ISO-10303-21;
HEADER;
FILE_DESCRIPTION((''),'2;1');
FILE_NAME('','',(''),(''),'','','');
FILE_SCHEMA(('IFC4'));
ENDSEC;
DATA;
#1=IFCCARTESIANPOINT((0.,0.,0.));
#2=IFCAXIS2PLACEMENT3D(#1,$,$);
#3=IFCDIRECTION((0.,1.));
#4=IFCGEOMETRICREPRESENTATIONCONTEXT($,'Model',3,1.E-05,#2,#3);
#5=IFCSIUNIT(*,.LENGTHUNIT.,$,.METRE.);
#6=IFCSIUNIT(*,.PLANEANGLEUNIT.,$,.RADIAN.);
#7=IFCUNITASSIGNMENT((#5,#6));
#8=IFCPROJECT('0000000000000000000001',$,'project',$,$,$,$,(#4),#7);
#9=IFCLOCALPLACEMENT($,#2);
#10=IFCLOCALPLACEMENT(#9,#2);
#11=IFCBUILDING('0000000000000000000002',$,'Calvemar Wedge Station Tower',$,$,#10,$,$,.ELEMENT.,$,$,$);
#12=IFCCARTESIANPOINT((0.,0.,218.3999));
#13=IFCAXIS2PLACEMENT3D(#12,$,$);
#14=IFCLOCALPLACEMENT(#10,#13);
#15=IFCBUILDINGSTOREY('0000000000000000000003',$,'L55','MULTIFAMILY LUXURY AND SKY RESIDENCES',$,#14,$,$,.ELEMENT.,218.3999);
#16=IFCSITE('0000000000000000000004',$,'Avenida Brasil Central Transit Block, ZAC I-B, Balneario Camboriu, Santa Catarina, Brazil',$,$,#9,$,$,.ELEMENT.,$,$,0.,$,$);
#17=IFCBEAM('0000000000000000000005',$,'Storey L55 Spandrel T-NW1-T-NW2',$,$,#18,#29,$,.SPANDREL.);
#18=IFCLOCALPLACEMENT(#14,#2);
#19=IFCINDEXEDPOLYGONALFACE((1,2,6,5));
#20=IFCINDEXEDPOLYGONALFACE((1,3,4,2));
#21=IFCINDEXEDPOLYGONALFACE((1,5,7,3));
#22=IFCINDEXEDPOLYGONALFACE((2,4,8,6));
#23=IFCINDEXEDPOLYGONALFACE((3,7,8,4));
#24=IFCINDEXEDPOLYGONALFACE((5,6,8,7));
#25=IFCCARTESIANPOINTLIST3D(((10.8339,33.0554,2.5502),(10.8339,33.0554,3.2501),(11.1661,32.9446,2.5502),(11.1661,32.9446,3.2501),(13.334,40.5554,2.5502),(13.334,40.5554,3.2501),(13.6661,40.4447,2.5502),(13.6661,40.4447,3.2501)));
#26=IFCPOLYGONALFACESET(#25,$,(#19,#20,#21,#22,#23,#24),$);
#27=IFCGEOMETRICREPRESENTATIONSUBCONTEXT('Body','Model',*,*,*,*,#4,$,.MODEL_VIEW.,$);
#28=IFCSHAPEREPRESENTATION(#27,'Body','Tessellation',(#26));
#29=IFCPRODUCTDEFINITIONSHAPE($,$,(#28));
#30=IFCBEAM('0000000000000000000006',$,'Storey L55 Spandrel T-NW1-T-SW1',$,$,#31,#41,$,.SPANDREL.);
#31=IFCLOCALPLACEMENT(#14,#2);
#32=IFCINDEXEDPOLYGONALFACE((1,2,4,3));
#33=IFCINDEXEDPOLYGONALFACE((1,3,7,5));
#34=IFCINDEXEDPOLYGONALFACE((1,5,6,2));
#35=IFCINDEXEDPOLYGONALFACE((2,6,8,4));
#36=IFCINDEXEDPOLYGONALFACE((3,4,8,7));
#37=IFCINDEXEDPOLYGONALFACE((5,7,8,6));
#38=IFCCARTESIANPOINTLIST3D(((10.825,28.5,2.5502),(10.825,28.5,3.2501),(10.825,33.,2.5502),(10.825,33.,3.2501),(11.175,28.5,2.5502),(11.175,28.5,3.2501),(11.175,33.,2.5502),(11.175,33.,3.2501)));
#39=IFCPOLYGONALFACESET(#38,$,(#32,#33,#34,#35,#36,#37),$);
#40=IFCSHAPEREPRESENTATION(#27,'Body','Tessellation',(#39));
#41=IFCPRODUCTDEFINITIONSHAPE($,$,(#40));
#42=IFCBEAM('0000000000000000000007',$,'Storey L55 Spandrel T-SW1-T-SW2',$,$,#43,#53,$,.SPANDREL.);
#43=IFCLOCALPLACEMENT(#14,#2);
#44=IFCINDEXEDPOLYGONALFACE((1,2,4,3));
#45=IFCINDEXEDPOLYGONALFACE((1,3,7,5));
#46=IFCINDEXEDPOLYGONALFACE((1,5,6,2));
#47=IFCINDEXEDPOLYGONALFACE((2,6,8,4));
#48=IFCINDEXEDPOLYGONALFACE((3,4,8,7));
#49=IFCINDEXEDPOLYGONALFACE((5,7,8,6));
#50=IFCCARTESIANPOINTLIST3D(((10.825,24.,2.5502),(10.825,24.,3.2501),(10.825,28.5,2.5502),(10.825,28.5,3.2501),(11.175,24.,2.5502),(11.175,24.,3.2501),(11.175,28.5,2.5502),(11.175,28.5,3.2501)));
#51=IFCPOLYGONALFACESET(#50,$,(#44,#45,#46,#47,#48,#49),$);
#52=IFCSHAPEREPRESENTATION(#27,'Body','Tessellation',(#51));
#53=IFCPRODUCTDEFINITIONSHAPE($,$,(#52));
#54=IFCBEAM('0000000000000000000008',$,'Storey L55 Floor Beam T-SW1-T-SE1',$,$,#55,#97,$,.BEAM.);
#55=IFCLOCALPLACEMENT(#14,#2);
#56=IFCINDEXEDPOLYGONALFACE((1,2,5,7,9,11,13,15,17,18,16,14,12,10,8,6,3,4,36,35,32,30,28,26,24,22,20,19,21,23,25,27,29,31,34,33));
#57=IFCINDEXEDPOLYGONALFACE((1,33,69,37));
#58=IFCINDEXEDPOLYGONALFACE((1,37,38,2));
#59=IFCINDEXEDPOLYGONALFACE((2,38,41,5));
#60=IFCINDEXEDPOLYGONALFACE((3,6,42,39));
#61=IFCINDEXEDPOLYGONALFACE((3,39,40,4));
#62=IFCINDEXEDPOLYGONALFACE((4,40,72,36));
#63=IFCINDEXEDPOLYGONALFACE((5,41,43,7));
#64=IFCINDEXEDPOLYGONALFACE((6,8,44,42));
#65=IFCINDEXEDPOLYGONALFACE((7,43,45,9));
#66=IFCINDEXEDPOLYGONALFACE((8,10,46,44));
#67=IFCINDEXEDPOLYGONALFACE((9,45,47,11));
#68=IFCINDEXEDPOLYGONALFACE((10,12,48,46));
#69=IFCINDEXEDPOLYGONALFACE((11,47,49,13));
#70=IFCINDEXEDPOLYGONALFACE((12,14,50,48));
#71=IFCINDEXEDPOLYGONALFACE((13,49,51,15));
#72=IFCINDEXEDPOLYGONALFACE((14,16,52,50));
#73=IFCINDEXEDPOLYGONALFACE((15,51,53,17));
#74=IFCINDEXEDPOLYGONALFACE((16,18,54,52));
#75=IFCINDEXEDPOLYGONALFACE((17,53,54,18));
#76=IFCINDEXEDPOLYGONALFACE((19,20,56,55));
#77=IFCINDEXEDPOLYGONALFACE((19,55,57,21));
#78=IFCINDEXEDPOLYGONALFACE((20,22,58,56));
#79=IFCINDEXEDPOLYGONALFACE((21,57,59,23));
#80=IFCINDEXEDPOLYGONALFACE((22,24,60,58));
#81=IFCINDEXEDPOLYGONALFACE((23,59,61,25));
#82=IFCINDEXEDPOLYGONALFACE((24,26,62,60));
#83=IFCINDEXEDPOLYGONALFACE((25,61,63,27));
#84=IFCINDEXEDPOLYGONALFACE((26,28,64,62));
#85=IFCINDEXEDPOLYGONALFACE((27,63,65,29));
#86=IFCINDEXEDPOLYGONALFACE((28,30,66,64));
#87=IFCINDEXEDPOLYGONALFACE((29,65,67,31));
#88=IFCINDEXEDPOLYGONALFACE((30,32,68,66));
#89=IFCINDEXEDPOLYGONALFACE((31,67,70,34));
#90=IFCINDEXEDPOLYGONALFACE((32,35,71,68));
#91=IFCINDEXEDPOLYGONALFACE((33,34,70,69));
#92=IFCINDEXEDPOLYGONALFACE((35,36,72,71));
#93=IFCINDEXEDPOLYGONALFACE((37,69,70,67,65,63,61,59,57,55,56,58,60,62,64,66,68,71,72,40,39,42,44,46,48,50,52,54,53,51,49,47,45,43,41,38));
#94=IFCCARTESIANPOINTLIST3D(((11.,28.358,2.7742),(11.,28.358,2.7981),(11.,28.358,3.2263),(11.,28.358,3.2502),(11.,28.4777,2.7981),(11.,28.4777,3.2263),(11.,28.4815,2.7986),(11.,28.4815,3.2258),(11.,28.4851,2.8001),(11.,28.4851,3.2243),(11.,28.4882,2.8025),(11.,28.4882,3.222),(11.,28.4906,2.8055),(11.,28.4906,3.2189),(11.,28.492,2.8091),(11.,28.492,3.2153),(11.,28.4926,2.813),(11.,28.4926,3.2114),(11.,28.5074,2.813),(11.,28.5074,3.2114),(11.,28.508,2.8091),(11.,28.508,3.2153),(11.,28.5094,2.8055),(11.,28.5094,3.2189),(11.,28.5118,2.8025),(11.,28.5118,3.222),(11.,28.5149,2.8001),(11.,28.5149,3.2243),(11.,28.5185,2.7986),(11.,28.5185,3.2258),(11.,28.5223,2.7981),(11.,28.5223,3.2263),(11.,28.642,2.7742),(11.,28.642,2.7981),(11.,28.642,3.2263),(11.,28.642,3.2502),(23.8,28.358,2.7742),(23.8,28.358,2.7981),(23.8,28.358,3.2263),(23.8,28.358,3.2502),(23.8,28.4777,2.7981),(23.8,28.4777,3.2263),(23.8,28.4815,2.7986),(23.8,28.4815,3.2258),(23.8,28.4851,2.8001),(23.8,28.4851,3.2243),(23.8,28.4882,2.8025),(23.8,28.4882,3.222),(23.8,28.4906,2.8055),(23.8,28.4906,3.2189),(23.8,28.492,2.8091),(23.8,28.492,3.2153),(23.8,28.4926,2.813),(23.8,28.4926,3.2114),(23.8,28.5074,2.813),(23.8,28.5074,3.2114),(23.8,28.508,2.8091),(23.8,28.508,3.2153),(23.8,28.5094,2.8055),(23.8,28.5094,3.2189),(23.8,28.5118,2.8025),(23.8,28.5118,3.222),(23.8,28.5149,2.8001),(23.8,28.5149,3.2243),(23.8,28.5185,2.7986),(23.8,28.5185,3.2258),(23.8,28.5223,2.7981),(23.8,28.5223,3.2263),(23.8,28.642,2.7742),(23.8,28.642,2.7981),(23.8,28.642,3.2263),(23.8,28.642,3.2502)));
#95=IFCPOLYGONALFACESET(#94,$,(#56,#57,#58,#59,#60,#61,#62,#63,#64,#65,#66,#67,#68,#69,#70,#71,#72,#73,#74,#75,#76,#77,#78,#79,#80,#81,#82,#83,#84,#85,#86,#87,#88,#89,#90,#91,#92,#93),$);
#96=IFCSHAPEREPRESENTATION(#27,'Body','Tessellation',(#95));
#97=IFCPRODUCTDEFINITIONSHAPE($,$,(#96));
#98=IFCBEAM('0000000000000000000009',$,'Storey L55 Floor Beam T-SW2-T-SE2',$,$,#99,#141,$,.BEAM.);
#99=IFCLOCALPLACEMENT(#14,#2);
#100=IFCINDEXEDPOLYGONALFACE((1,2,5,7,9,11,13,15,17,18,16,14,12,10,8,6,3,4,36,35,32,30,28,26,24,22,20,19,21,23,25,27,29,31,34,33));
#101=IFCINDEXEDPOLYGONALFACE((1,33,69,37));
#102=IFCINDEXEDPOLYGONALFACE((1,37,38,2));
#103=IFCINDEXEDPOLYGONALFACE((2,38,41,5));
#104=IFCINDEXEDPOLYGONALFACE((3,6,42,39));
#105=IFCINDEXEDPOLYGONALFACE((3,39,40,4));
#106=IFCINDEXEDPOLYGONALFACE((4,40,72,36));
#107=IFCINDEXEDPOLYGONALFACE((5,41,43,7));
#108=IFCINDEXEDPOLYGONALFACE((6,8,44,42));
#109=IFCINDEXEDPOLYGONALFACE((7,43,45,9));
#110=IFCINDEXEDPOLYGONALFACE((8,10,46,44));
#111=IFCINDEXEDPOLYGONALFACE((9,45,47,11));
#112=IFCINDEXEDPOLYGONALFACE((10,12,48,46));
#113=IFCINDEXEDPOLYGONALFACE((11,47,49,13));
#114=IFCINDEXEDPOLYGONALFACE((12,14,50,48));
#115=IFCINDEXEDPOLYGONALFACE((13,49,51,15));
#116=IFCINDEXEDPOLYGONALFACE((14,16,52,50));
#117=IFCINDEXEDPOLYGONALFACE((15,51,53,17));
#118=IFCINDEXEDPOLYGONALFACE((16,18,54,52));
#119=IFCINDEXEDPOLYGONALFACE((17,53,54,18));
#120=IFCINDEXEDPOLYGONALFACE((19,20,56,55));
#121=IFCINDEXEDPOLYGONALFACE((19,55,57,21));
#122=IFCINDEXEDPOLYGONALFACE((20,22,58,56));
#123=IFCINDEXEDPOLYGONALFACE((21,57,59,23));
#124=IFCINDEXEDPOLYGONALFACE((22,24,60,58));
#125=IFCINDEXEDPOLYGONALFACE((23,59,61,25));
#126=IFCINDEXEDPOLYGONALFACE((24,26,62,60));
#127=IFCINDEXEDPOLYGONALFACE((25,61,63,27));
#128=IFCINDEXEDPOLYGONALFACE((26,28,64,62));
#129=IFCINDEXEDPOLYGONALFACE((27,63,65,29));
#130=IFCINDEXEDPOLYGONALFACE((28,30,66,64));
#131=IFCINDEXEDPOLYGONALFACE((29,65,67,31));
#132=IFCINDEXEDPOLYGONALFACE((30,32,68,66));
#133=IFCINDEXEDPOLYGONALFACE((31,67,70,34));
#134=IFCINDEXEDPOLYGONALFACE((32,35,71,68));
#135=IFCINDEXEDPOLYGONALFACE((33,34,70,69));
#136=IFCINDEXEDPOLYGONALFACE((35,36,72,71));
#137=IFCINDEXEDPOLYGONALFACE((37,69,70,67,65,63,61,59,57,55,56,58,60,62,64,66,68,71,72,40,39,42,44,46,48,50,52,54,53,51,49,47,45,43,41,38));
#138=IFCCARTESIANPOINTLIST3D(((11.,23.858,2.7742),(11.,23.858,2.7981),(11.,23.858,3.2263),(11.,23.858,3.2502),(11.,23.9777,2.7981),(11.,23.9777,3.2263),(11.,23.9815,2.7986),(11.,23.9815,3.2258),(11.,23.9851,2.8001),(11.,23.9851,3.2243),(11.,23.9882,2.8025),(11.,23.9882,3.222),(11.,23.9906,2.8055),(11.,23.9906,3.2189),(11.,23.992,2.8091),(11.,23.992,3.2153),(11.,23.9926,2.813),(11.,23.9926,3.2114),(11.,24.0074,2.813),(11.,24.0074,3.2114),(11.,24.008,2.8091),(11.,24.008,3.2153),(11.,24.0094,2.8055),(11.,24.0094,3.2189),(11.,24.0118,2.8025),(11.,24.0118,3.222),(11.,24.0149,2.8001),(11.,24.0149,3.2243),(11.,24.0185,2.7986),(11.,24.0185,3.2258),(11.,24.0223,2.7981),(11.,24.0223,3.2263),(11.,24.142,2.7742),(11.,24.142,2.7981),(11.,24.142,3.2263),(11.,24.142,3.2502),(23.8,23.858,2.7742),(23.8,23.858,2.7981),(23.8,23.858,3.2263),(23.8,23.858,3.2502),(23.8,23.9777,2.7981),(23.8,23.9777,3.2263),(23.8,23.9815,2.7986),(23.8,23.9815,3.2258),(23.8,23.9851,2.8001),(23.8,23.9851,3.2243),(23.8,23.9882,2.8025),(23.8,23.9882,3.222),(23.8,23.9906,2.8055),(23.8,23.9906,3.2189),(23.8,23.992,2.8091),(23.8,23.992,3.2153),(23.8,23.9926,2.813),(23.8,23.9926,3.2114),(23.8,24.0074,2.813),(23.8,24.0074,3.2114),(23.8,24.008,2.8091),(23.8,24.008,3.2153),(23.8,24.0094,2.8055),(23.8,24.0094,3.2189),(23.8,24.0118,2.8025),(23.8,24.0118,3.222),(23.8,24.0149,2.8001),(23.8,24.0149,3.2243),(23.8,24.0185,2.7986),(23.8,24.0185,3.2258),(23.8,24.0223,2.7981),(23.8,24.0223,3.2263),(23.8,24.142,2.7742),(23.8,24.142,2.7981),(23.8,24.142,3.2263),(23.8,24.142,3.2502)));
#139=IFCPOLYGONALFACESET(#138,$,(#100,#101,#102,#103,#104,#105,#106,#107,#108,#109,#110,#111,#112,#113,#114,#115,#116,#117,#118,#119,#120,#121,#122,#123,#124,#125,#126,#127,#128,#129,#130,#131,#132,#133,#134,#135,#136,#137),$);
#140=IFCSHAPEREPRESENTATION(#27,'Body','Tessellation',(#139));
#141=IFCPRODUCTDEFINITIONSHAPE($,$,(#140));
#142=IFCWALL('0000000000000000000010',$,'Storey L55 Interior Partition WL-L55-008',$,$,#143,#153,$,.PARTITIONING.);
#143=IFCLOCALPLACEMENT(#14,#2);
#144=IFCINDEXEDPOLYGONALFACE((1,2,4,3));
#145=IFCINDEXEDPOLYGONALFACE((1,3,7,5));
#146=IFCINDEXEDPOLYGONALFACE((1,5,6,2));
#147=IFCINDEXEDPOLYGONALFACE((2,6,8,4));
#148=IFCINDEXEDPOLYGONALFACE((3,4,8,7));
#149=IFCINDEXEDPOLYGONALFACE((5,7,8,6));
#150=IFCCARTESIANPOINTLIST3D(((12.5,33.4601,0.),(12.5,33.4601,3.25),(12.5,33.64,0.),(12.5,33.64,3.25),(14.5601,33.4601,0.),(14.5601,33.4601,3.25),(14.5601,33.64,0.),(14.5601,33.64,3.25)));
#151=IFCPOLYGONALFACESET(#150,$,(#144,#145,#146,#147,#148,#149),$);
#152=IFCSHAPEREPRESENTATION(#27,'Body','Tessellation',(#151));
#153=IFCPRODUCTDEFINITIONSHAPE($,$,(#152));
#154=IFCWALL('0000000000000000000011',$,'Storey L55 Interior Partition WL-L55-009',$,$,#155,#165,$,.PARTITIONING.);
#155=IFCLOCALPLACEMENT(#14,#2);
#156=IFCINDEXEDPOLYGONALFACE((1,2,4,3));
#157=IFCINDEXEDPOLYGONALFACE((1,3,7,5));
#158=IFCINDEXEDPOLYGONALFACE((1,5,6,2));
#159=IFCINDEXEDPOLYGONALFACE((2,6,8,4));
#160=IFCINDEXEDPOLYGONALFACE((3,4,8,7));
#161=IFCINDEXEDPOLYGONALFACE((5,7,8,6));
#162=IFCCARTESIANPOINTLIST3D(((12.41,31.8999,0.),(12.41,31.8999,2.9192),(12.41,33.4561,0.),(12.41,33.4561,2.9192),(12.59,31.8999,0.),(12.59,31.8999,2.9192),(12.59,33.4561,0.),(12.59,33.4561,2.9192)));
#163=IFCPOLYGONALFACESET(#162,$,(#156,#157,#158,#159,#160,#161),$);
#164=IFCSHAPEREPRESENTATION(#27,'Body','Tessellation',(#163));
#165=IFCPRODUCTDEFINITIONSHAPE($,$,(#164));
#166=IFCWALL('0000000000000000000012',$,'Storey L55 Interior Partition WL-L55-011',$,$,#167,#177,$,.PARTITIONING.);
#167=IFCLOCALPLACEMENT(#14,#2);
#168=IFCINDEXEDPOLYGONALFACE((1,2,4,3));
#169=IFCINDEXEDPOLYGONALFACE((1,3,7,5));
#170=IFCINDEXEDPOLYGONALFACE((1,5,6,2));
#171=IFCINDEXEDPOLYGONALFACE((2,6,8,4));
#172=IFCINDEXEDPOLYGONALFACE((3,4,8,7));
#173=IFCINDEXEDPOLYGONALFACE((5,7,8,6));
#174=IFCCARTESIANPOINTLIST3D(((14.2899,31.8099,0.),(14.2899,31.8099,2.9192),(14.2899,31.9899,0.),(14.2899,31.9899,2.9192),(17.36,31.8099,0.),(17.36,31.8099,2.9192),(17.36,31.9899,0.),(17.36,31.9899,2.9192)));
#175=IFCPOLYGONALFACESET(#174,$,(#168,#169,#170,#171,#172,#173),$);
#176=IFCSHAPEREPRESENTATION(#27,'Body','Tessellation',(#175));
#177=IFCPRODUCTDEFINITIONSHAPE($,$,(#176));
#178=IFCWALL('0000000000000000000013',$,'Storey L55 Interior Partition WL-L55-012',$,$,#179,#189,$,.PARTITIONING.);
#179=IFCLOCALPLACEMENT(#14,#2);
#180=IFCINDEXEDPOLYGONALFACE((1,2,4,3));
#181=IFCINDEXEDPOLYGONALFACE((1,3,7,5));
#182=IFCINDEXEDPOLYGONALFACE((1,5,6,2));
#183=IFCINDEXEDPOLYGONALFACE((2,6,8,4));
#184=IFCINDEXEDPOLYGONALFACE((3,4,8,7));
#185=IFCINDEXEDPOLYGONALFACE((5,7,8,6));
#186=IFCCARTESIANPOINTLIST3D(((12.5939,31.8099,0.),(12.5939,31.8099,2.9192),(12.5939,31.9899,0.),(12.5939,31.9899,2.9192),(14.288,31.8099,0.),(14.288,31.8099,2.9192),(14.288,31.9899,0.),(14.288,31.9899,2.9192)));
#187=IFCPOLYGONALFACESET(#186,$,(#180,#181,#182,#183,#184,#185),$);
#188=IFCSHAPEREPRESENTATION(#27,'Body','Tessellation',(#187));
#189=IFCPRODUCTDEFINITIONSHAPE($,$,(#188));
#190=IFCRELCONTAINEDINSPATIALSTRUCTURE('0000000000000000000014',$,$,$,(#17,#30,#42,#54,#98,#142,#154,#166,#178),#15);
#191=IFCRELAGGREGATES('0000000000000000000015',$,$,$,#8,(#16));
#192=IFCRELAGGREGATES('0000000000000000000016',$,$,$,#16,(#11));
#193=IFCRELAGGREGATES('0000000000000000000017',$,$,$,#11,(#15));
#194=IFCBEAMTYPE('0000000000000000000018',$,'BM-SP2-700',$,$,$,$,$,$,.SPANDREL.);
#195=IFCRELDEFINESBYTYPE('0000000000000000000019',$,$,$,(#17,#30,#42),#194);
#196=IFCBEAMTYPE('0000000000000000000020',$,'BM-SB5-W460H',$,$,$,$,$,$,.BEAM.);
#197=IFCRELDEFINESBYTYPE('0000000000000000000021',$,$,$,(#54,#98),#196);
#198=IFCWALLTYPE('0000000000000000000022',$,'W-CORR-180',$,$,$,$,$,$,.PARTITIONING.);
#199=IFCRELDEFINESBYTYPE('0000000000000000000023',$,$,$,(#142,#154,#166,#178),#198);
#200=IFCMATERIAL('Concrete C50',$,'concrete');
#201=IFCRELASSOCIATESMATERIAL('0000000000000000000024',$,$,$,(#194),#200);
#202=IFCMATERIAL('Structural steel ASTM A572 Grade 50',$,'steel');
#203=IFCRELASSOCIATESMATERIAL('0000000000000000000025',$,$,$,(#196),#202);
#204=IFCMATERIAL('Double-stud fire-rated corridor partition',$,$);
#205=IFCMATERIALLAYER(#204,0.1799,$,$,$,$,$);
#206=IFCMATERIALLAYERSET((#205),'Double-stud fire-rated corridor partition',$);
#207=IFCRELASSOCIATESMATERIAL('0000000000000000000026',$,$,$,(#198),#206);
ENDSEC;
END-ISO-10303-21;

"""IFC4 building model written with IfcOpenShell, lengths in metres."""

from ifc_helpers import new_model, si_unit, direction, frame, frame_2d, origin, origin_2d, place, context, subcontext, project, spatial, rectangle, i_section, extrude, source, transform, mapped, material, layer, layer_set, material_profile, profile_set, type_object, element, save


model = new_model("IFC4")

# Units and contexts
model_context = context("Model", 3, precision=1e-05, world=origin(), true_north=direction((0.0, 1.0)))
body_context = subcontext(model_context, "Body", "Model", "MODEL_VIEW")
ifc_project = project(units=[si_unit("LENGTHUNIT", "METRE"), si_unit("PLANEANGLEUNIT", "RADIAN")], contexts=[model_context])

# Site, building, storey
site_placement = place(None, origin())
site = spatial("IfcSite", under=ifc_project, at=site_placement, Name="Avenida Brasil Central Transit Block, ZAC I-B, Balneario Camboriu, Santa Catarina, Brazil", CompositionType="ELEMENT", RefElevation=0.0)
building_placement = place(site_placement, origin())
building = spatial("IfcBuilding", under=site, at=building_placement, Name="Calvemar Wedge Station Tower", CompositionType="ELEMENT")
storey_placement = place(building_placement, frame((0.0, 0.0, 218.3999)))
storey = spatial("IfcBuildingStorey", under=building, at=storey_placement, Name="L55", Description="MULTIFAMILY LUXURY AND SKY RESIDENCES", CompositionType="ELEMENT", Elevation=218.3999)

# Shared definitions
ifc_material_1 = material(Name="Concrete C50", Category="concrete")

# Beams
ifc_material_2 = material(Name="Structural steel ASTM A572 Grade 50", Category="steel")
ifc_material_profile_1 = material_profile(ifc_material_1, rectangle(XDim=0.3501, YDim=0.7, at=origin_2d()), Name="RC350x700")
ifc_profile_set_1 = profile_set([ifc_material_profile_1], Name="Concrete C50")
beam_type_1 = type_object("IfcBeamType", Name="BM-SP2-700", PredefinedType="SPANDREL", material=ifc_profile_set_1)
shared_shape_1 = source(origin(), body_context, "Body", "SweptSolid", [
    extrude(rectangle(XDim=0.3501, YDim=0.7, at=origin_2d()), origin(), (0.0, 0.0, 1.0), 7.9058),
])
beam_1_placement = place(storey_placement, frame((11.0, 33.0, 2.9001), z_axis=(0.316228, 0.948683, 0.0), x_axis=(-0.948683, 0.316228, 0.0)))
element("IfcBeam", 1, at=beam_1_placement, inside=storey, type_object=beam_type_1, Name="Storey L55 Spandrel T-NW1-T-NW2", PredefinedType="SPANDREL", context=body_context, shape_type="MappedRepresentation", body=[
    mapped(shared_shape_1, transform((0.0, 0.0, 0.0), scale=1.0)),
])
shared_shape_2 = source(origin(), body_context, "Body", "SweptSolid", [
    extrude(rectangle(XDim=0.3501, YDim=0.7, at=origin_2d()), origin(), (0.0, 0.0, 1.0), 4.5),
])
for number, where, z_axis, x_axis, name in (
    (2, (11.0, 33.0, 2.9001), (0.0, -1.0, 0.0), (1.0, 0.0, 0.0), "Storey L55 Spandrel T-NW1-T-SW1"),
    (3, (11.0, 28.5, 2.9001), (0.0, -1.0, 0.0), (1.0, 0.0, 0.0), "Storey L55 Spandrel T-SW1-T-SW2"),
):
    element("IfcBeam", number, at=place(storey_placement, frame(where, z_axis=z_axis, x_axis=x_axis)), inside=storey, type_object=beam_type_1, Name=name, PredefinedType="SPANDREL", context=body_context, shape_type="MappedRepresentation", body=[
        mapped(shared_shape_2, transform((0.0, 0.0, 0.0), scale=1.0)),
    ])
ifc_material_profile_2 = material_profile(ifc_material_2, i_section(OverallWidth=0.2839, OverallDepth=0.4761, WebThickness=0.0149, FlangeThickness=0.0239, FilletRadius=0.0149, at=origin_2d()), Name="W460x158")
ifc_profile_set_2 = profile_set([ifc_material_profile_2], Name="Structural steel ASTM A572 Grade 50")
beam_type_2 = type_object("IfcBeamType", Name="BM-SB5-W460H", PredefinedType="BEAM", material=ifc_profile_set_2)
shared_shape_3 = source(origin(), body_context, "Body", "SweptSolid", [
    extrude(i_section(OverallWidth=0.2839, OverallDepth=0.4761, WebThickness=0.0149, FlangeThickness=0.0239, FilletRadius=0.0149, at=origin_2d()), origin(), (0.0, 0.0, 1.0), 12.8),
])
for number, where, z_axis, x_axis, name in (
    (4, (11.0, 28.5, 3.0122), (1.0, 0.0, 0.0), (0.0, 1.0, 0.0), "Storey L55 Floor Beam T-SW1-T-SE1"),
    (5, (11.0, 24.0, 3.0122), (1.0, 0.0, 0.0), (0.0, 1.0, 0.0), "Storey L55 Floor Beam T-SW2-T-SE2"),
):
    element("IfcBeam", number, at=place(storey_placement, frame(where, z_axis=z_axis, x_axis=x_axis)), inside=storey, type_object=beam_type_2, Name=name, PredefinedType="BEAM", context=body_context, shape_type="MappedRepresentation", body=[
        mapped(shared_shape_3, transform((0.0, 0.0, 0.0), scale=1.0)),
    ])

# Walls
ifc_material_3 = material(Name="Double-stud fire-rated corridor partition")
ifc_layer_1 = layer(ifc_material_3, 0.1799)
ifc_layer_set_1 = layer_set([ifc_layer_1], Name="Double-stud fire-rated corridor partition")
wall_type_1 = type_object("IfcWallType", Name="W-CORR-180", PredefinedType="PARTITIONING", material=ifc_layer_set_1)
wall_1_placement = place(storey_placement, frame((12.5, 33.55, 0.0), z_axis=(0.0, 0.0, 1.0), x_axis=(1.0, 0.0, 0.0)))
element("IfcWall", 6, at=wall_1_placement, inside=storey, type_object=wall_type_1, Name="Storey L55 Interior Partition WL-L55-008", PredefinedType="PARTITIONING", context=body_context, shape_type="SweptSolid", body=[
    extrude(rectangle(XDim=2.0601, YDim=0.1799, at=frame_2d((1.03, 0.0))), origin(), (0.0, 0.0, 1.0), 3.25),
])
wall_2_placement = place(storey_placement, frame((12.5, 31.8999, 0.0), z_axis=(0.0, 0.0, 1.0), x_axis=(0.0, 1.0, 0.0)))
element("IfcWall", 7, at=wall_2_placement, inside=storey, type_object=wall_type_1, Name="Storey L55 Interior Partition WL-L55-009", PredefinedType="PARTITIONING", context=body_context, shape_type="SweptSolid", body=[
    extrude(rectangle(XDim=1.5562, YDim=0.1799, at=frame_2d((0.7781, 0.0))), origin(), (0.0, 0.0, 1.0), 2.9192),
])
wall_3_placement = place(storey_placement, frame((17.3601, 31.8999, 0.0), z_axis=(0.0, 0.0, 1.0), x_axis=(-1.0, 0.0, 0.0)))
element("IfcWall", 8, at=wall_3_placement, inside=storey, type_object=wall_type_1, Name="Storey L55 Interior Partition WL-L55-011", PredefinedType="PARTITIONING", context=body_context, shape_type="SweptSolid", body=[
    extrude(rectangle(XDim=3.0701, YDim=0.1799, at=frame_2d((1.5352, 0.0))), origin(), (0.0, 0.0, 1.0), 2.9192),
])
wall_4_placement = place(storey_placement, frame((14.2881, 31.8999, 0.0), z_axis=(0.0, 0.0, 1.0), x_axis=(-1.0, 0.0, 0.0)))
element("IfcWall", 9, at=wall_4_placement, inside=storey, type_object=wall_type_1, Name="Storey L55 Interior Partition WL-L55-012", PredefinedType="PARTITIONING", context=body_context, shape_type="SweptSolid", body=[
    extrude(rectangle(XDim=1.6941, YDim=0.1799, at=frame_2d((0.8472, 0.0))), origin(), (0.0, 0.0, 1.0), 2.9192),
])

save(model, "model.ifc")
